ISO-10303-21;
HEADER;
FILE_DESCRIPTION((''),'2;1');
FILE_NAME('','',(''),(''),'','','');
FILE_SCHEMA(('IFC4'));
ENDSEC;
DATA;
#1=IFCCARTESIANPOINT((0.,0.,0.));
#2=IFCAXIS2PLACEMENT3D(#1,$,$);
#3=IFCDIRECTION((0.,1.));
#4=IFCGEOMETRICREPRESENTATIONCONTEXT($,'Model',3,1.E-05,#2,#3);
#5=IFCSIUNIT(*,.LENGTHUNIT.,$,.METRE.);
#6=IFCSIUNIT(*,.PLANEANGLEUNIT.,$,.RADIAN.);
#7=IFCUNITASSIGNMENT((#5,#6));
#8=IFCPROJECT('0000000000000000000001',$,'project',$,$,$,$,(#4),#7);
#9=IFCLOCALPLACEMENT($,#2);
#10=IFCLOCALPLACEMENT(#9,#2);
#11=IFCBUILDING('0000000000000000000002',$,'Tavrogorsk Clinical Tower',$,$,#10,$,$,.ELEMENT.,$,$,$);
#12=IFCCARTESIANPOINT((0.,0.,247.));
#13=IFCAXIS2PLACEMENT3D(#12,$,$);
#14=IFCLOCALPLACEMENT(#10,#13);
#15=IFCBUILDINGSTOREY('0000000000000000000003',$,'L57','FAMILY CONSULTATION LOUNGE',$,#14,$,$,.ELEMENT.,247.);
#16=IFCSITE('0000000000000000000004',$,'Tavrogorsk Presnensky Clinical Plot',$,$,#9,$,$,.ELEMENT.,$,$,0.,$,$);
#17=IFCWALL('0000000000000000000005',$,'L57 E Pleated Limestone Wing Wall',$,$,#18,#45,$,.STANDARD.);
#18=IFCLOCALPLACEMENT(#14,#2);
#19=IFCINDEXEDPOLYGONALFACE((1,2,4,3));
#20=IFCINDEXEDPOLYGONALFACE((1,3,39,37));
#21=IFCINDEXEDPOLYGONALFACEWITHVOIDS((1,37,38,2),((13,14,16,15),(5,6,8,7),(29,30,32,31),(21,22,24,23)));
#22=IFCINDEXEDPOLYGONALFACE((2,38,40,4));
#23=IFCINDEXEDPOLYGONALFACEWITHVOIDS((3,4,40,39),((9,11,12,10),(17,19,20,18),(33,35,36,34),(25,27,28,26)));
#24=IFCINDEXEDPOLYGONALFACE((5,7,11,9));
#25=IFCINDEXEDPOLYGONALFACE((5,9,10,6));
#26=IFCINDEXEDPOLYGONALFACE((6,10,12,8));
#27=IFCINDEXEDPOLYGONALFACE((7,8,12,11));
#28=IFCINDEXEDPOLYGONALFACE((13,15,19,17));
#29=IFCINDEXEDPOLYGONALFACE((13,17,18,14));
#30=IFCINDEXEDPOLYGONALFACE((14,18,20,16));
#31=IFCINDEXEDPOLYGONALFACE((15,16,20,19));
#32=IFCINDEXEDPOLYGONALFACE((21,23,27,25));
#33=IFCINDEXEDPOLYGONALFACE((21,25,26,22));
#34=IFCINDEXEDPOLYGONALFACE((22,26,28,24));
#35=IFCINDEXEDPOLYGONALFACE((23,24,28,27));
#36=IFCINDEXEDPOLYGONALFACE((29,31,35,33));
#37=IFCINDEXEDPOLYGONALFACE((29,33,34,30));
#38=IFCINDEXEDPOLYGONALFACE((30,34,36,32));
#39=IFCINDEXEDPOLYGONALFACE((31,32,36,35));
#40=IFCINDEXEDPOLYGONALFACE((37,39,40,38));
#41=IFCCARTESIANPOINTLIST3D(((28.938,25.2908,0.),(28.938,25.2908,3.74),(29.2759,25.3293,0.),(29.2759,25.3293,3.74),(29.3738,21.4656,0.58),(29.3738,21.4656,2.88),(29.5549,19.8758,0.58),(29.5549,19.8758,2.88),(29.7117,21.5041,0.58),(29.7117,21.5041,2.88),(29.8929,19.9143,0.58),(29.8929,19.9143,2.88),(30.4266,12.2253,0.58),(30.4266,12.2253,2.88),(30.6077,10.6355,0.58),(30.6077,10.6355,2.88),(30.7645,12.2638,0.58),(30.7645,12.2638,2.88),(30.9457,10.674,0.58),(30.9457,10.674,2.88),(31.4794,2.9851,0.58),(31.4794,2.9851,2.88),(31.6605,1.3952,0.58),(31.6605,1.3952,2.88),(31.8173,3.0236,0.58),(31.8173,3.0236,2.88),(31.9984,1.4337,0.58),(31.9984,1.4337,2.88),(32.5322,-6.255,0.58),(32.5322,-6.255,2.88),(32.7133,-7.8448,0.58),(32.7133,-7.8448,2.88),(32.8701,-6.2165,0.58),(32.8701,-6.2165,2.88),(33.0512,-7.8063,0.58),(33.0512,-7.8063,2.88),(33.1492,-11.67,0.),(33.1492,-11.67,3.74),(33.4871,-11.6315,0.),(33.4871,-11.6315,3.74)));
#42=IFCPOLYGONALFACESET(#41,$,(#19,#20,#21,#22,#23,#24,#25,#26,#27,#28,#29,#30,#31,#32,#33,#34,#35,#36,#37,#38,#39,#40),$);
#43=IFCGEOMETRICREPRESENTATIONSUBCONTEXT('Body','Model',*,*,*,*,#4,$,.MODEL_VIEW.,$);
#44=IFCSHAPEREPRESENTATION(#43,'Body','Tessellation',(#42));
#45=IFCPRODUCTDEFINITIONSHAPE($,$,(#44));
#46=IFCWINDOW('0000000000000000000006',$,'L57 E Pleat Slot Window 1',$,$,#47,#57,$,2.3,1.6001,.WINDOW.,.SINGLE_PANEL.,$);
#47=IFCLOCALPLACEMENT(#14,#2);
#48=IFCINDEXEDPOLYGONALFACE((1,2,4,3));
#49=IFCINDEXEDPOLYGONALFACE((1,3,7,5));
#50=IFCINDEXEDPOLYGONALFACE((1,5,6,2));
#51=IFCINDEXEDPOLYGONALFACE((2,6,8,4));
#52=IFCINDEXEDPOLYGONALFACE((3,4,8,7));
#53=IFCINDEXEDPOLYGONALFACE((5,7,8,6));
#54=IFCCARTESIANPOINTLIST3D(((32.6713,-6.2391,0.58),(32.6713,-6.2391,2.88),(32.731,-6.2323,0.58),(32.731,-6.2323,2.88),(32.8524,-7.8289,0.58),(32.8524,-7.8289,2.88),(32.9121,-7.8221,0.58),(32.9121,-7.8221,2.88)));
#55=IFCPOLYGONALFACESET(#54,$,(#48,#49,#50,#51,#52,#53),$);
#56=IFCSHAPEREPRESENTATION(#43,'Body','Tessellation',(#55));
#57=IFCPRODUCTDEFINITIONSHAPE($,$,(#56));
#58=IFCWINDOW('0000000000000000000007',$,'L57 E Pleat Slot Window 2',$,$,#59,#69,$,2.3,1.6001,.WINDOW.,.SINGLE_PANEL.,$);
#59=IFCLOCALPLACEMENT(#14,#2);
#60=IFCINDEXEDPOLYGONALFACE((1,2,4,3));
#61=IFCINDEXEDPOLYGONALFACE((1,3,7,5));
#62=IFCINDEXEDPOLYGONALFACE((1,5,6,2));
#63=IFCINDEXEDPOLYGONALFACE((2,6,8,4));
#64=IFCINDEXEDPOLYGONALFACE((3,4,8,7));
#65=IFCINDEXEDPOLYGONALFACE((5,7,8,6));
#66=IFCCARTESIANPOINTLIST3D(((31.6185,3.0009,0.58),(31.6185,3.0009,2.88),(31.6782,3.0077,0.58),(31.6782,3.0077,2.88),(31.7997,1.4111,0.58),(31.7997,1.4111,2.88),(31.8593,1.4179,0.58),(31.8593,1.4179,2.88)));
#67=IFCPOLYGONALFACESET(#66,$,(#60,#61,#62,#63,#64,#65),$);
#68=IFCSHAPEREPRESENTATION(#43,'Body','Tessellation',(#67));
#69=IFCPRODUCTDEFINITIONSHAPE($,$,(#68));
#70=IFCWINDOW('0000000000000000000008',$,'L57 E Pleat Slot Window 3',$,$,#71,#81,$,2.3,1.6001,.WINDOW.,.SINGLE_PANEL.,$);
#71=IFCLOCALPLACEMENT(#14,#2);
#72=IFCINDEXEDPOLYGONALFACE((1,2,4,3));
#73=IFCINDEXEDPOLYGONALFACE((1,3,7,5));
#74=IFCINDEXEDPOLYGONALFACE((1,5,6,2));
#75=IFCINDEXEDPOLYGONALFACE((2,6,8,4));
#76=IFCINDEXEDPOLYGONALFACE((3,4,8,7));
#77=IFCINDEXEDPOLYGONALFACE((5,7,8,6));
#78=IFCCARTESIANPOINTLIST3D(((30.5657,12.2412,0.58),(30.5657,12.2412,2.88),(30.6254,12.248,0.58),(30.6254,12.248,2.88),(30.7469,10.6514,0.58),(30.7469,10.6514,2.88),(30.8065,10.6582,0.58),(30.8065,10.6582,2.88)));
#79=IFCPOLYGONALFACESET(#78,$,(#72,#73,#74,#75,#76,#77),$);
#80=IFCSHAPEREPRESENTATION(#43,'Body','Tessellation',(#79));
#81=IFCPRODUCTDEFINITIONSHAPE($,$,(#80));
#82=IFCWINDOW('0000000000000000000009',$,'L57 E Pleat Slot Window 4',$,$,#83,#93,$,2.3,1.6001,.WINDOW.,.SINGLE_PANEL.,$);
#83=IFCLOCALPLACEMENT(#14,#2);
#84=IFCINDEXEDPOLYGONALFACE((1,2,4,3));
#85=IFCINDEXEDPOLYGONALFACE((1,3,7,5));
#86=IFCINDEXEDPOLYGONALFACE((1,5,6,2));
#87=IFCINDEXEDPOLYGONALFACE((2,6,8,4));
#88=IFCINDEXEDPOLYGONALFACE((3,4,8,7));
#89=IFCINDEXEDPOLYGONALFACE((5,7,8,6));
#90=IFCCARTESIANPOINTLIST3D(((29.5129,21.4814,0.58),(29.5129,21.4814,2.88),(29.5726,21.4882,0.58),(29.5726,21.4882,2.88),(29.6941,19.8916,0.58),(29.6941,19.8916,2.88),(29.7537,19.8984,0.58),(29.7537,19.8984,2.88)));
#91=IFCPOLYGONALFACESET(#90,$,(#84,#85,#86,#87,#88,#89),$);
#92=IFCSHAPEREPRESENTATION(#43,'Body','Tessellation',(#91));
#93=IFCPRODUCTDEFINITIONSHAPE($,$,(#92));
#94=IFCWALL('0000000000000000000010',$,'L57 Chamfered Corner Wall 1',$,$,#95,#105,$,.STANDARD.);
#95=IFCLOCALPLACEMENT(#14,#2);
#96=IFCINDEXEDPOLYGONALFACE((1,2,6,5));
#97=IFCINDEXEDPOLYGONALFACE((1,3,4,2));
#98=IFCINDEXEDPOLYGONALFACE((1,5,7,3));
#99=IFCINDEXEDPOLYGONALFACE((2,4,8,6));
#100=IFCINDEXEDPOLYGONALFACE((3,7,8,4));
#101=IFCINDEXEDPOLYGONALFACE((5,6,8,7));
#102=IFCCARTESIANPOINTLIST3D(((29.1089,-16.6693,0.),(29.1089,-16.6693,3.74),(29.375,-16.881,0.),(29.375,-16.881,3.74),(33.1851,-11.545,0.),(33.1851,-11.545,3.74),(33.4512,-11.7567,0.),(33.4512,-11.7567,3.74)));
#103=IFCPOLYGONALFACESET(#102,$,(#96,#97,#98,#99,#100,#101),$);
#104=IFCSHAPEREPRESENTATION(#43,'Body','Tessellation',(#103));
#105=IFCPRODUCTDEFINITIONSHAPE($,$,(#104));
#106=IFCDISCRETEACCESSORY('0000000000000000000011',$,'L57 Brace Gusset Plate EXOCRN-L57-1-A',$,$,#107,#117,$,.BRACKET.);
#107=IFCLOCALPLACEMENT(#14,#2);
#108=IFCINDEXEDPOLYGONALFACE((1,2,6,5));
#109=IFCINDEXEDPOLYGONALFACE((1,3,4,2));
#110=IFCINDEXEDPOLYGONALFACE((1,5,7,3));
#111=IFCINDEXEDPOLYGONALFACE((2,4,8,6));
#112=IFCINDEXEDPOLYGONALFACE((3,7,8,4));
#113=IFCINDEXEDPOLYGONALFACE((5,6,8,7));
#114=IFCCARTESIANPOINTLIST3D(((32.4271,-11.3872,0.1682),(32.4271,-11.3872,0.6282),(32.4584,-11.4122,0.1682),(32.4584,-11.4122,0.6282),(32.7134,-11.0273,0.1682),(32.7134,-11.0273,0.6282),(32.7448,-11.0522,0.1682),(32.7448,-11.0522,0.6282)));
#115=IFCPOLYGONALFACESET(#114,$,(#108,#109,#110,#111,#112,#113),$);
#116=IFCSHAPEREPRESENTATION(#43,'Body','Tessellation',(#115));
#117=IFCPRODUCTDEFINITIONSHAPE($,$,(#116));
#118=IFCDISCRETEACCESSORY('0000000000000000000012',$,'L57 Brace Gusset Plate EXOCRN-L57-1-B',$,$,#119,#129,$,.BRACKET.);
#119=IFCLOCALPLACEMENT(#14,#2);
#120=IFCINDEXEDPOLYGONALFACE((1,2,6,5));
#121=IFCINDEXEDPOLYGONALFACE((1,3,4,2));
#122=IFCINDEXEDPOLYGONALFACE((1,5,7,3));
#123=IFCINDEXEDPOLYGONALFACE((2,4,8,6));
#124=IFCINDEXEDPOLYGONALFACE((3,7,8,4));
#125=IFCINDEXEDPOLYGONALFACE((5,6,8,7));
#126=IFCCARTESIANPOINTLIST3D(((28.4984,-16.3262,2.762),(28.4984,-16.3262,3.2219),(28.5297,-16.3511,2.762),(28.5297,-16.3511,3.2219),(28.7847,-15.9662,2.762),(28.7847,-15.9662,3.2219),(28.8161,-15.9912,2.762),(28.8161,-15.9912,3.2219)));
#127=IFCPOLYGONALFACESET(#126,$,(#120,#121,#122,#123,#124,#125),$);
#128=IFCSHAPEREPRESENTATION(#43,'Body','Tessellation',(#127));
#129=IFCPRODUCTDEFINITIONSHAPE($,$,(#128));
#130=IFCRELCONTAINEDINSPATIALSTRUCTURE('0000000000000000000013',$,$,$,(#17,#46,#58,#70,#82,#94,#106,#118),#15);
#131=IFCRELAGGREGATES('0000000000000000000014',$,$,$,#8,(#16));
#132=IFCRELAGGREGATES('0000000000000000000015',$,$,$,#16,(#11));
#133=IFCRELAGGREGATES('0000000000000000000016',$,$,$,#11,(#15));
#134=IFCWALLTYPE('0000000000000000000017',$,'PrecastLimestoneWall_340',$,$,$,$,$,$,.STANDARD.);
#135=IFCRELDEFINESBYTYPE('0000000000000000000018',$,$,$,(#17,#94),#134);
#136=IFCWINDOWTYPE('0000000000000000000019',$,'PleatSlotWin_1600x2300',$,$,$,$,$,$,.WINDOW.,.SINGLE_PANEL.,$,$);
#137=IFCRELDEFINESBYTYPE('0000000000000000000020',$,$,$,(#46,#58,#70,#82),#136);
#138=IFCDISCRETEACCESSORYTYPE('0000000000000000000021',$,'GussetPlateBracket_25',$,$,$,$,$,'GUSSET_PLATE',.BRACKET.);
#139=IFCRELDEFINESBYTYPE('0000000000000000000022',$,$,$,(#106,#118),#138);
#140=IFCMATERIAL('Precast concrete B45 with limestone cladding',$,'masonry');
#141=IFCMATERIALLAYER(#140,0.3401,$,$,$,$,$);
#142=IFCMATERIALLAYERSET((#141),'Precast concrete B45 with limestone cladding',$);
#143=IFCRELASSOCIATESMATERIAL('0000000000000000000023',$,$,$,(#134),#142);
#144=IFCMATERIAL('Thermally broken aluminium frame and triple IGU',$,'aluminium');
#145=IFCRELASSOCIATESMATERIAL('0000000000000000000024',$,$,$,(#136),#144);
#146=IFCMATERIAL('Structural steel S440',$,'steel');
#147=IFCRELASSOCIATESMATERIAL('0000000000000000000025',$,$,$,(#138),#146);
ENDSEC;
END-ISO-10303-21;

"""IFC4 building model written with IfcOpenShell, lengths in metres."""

from ifc_helpers import new_model, si_unit, direction, frame, frame_2d, origin, origin_2d, place, context, subcontext, project, spatial, rectangle, extrude, material, layer, layer_set, type_object, element, fill, save


model = new_model("IFC4")

# Units and contexts
model_context = context("Model", 3, precision=1e-05, world=origin(), true_north=direction((0.0, 1.0)))
body_context = subcontext(model_context, "Body", "Model", "MODEL_VIEW")
ifc_project = project(units=[si_unit("LENGTHUNIT", "METRE"), si_unit("PLANEANGLEUNIT", "RADIAN")], contexts=[model_context])

# Site, building, storey
site_placement = place(None, origin())
site = spatial("IfcSite", under=ifc_project, at=site_placement, Name="Tavrogorsk Presnensky Clinical Plot", CompositionType="ELEMENT", RefElevation=0.0)
building_placement = place(site_placement, origin())
building = spatial("IfcBuilding", under=site, at=building_placement, Name="Tavrogorsk Clinical Tower", CompositionType="ELEMENT")
storey_placement = place(building_placement, frame((0.0, 0.0, 247.0)))
storey = spatial("IfcBuildingStorey", under=building, at=storey_placement, Name="L57", Description="FAMILY CONSULTATION LOUNGE", CompositionType="ELEMENT", Elevation=247.0)

# Wall, openings, windows
ifc_material_1 = material(Name="Precast concrete B45 with limestone cladding", Category="masonry")
ifc_layer_1 = layer(ifc_material_1, 0.3401)
ifc_layer_set_1 = layer_set([ifc_layer_1], Name="Precast concrete B45 with limestone cladding")
wall_type_1 = type_object("IfcWallType", Name="PrecastLimestoneWall_340", PredefinedType="STANDARD", material=ifc_layer_set_1)
wall_1_placement = place(storey_placement, frame((33.3181, -11.6509, 0.0), z_axis=(0.0, 0.0, 1.0), x_axis=(-0.113204, 0.993572, 0.0)))
wall_1 = element("IfcWall", 1, at=wall_1_placement, inside=storey, type_object=wall_type_1, Name="L57 E Pleated Limestone Wing Wall", PredefinedType="STANDARD", context=body_context, shape_type="SweptSolid", body=[
    extrude(rectangle(XDim=37.2, YDim=0.3401, at=frame_2d((18.6001, 0.0))), origin(), (0.0, 0.0, 1.0), 3.74),
])
opening_1_placement = place(wall_1_placement, frame((3.8501, 0.0, 0.5801)))
opening_1 = element("IfcOpeningElement", 2, at=opening_1_placement, cuts=wall_1, PredefinedType="OPENING", context=body_context, shape_type="SweptSolid", body=[
    extrude(rectangle(XDim=1.6001, YDim=2.3, at=frame_2d((0.8, 1.1499))), frame((0.0, 0.1799, 0.0), z_axis=(0.0, -1.0, 0.0), x_axis=(1.0, 0.0, 0.0)), (0.0, 0.0, 1.0), 0.3601),
])
opening_2_placement = place(wall_1_placement, frame((13.1499, 0.0, 0.5801)))
opening_2 = element("IfcOpeningElement", 3, at=opening_2_placement, cuts=wall_1, PredefinedType="OPENING", context=body_context, shape_type="SweptSolid", body=[
    extrude(rectangle(XDim=1.6001, YDim=2.3, at=frame_2d((0.8, 1.1499))), frame((0.0, 0.1799, 0.0), z_axis=(0.0, -1.0, 0.0), x_axis=(1.0, 0.0, 0.0)), (0.0, 0.0, 1.0), 0.3601),
])
opening_3_placement = place(wall_1_placement, frame((22.45, 0.0, 0.5801)))
opening_3 = element("IfcOpeningElement", 4, at=opening_3_placement, cuts=wall_1, PredefinedType="OPENING", context=body_context, shape_type="SweptSolid", body=[
    extrude(rectangle(XDim=1.6001, YDim=2.3, at=frame_2d((0.8, 1.1499))), frame((0.0, 0.1799, 0.0), z_axis=(0.0, -1.0, 0.0), x_axis=(1.0, 0.0, 0.0)), (0.0, 0.0, 1.0), 0.3601),
])
opening_4_placement = place(wall_1_placement, frame((31.75, 0.0, 0.5801)))
opening_4 = element("IfcOpeningElement", 5, at=opening_4_placement, cuts=wall_1, PredefinedType="OPENING", context=body_context, shape_type="SweptSolid", body=[
    extrude(rectangle(XDim=1.6001, YDim=2.3, at=frame_2d((0.8, 1.1499))), frame((0.0, 0.1799, 0.0), z_axis=(0.0, -1.0, 0.0), x_axis=(1.0, 0.0, 0.0)), (0.0, 0.0, 1.0), 0.3601),
])
ifc_material_2 = material(Name="Thermally broken aluminium frame and triple IGU", Category="aluminium")
window_type = type_object("IfcWindowType", Name="PleatSlotWin_1600x2300", PartitioningType="SINGLE_PANEL", PredefinedType="WINDOW", material=ifc_material_2)
window_1_placement = place(opening_1_placement, origin())
window_1 = element("IfcWindow", 6, at=window_1_placement, inside=storey, type_object=window_type, Name="L57 E Pleat Slot Window 1", OverallHeight=2.3, OverallWidth=1.6001, PartitioningType="SINGLE_PANEL", PredefinedType="WINDOW", context=body_context, shape_type="SweptSolid", body=[
    extrude(rectangle(XDim=1.6001, YDim=2.3, at=frame_2d((0.8, 1.1499))), frame((0.0, 0.03, 0.0), z_axis=(0.0, -1.0, 0.0), x_axis=(1.0, 0.0, 0.0)), (0.0, 0.0, 1.0), 0.0601),
])
fill(opening_1, window_1)
window_2_placement = place(opening_2_placement, origin())
window_2 = element("IfcWindow", 7, at=window_2_placement, inside=storey, type_object=window_type, Name="L57 E Pleat Slot Window 2", OverallHeight=2.3, OverallWidth=1.6001, PartitioningType="SINGLE_PANEL", PredefinedType="WINDOW", context=body_context, shape_type="SweptSolid", body=[
    extrude(rectangle(XDim=1.6001, YDim=2.3, at=frame_2d((0.8, 1.1499))), frame((0.0, 0.03, 0.0), z_axis=(0.0, -1.0, 0.0), x_axis=(1.0, 0.0, 0.0)), (0.0, 0.0, 1.0), 0.0601),
])
fill(opening_2, window_2)
window_3_placement = place(opening_3_placement, origin())
window_3 = element("IfcWindow", 8, at=window_3_placement, inside=storey, type_object=window_type, Name="L57 E Pleat Slot Window 3", OverallHeight=2.3, OverallWidth=1.6001, PartitioningType="SINGLE_PANEL", PredefinedType="WINDOW", context=body_context, shape_type="SweptSolid", body=[
    extrude(rectangle(XDim=1.6001, YDim=2.3, at=frame_2d((0.8, 1.1499))), frame((0.0, 0.03, 0.0), z_axis=(0.0, -1.0, 0.0), x_axis=(1.0, 0.0, 0.0)), (0.0, 0.0, 1.0), 0.0601),
])
fill(opening_3, window_3)
window_4_placement = place(opening_4_placement, origin())
window_4 = element("IfcWindow", 9, at=window_4_placement, inside=storey, type_object=window_type, Name="L57 E Pleat Slot Window 4", OverallHeight=2.3, OverallWidth=1.6001, PartitioningType="SINGLE_PANEL", PredefinedType="WINDOW", context=body_context, shape_type="SweptSolid", body=[
    extrude(rectangle(XDim=1.6001, YDim=2.3, at=frame_2d((0.8, 1.1499))), frame((0.0, 0.03, 0.0), z_axis=(0.0, -1.0, 0.0), x_axis=(1.0, 0.0, 0.0)), (0.0, 0.0, 1.0), 0.0601),
])
fill(opening_4, window_4)

# Wall
wall_2_placement = place(storey_placement, frame((29.2419, -16.7751, 0.0), z_axis=(0.0, 0.0, 1.0), x_axis=(0.622528, 0.782597, 0.0)))
element("IfcWall", 10, at=wall_2_placement, inside=storey, type_object=wall_type_1, Name="L57 Chamfered Corner Wall 1", PredefinedType="STANDARD", context=body_context, shape_type="SweptSolid", body=[
    extrude(rectangle(XDim=6.5479, YDim=0.3401, at=frame_2d((3.2739, 0.0))), origin(), (0.0, 0.0, 1.0), 3.74),
])

# Discrete accessories
ifc_material_3 = material(Name="Structural steel S440", Category="steel")
discrete_accessory_type = type_object("IfcDiscreteAccessoryType", Name="GussetPlateBracket_25", ElementType="GUSSET_PLATE", PredefinedType="BRACKET", material=ifc_material_3)
for number, where, z_axis, x_axis, name in (
    (11, (32.5859, -11.2197, 0.1682), (0.0, 0.0, 1.0), (-0.622515, -0.782608, 0.0), "L57 Brace Gusset Plate EXOCRN-L57-1-A"),
    (12, (28.6572, -16.1587, 2.762), (0.0, 0.0, 1.0), (-0.622515, -0.782608, 0.0), "L57 Brace Gusset Plate EXOCRN-L57-1-B"),
):
    element("IfcDiscreteAccessory", number, at=place(storey_placement, frame(where, z_axis=z_axis, x_axis=x_axis)), inside=storey, type_object=discrete_accessory_type, Name=name, PredefinedType="BRACKET", context=body_context, shape_type="SweptSolid", body=[
        extrude(rectangle(XDim=0.46, YDim=0.04, at=origin_2d()), origin(), (0.0, 0.0, 1.0), 0.46),
    ])

save(model, "model.ifc")
